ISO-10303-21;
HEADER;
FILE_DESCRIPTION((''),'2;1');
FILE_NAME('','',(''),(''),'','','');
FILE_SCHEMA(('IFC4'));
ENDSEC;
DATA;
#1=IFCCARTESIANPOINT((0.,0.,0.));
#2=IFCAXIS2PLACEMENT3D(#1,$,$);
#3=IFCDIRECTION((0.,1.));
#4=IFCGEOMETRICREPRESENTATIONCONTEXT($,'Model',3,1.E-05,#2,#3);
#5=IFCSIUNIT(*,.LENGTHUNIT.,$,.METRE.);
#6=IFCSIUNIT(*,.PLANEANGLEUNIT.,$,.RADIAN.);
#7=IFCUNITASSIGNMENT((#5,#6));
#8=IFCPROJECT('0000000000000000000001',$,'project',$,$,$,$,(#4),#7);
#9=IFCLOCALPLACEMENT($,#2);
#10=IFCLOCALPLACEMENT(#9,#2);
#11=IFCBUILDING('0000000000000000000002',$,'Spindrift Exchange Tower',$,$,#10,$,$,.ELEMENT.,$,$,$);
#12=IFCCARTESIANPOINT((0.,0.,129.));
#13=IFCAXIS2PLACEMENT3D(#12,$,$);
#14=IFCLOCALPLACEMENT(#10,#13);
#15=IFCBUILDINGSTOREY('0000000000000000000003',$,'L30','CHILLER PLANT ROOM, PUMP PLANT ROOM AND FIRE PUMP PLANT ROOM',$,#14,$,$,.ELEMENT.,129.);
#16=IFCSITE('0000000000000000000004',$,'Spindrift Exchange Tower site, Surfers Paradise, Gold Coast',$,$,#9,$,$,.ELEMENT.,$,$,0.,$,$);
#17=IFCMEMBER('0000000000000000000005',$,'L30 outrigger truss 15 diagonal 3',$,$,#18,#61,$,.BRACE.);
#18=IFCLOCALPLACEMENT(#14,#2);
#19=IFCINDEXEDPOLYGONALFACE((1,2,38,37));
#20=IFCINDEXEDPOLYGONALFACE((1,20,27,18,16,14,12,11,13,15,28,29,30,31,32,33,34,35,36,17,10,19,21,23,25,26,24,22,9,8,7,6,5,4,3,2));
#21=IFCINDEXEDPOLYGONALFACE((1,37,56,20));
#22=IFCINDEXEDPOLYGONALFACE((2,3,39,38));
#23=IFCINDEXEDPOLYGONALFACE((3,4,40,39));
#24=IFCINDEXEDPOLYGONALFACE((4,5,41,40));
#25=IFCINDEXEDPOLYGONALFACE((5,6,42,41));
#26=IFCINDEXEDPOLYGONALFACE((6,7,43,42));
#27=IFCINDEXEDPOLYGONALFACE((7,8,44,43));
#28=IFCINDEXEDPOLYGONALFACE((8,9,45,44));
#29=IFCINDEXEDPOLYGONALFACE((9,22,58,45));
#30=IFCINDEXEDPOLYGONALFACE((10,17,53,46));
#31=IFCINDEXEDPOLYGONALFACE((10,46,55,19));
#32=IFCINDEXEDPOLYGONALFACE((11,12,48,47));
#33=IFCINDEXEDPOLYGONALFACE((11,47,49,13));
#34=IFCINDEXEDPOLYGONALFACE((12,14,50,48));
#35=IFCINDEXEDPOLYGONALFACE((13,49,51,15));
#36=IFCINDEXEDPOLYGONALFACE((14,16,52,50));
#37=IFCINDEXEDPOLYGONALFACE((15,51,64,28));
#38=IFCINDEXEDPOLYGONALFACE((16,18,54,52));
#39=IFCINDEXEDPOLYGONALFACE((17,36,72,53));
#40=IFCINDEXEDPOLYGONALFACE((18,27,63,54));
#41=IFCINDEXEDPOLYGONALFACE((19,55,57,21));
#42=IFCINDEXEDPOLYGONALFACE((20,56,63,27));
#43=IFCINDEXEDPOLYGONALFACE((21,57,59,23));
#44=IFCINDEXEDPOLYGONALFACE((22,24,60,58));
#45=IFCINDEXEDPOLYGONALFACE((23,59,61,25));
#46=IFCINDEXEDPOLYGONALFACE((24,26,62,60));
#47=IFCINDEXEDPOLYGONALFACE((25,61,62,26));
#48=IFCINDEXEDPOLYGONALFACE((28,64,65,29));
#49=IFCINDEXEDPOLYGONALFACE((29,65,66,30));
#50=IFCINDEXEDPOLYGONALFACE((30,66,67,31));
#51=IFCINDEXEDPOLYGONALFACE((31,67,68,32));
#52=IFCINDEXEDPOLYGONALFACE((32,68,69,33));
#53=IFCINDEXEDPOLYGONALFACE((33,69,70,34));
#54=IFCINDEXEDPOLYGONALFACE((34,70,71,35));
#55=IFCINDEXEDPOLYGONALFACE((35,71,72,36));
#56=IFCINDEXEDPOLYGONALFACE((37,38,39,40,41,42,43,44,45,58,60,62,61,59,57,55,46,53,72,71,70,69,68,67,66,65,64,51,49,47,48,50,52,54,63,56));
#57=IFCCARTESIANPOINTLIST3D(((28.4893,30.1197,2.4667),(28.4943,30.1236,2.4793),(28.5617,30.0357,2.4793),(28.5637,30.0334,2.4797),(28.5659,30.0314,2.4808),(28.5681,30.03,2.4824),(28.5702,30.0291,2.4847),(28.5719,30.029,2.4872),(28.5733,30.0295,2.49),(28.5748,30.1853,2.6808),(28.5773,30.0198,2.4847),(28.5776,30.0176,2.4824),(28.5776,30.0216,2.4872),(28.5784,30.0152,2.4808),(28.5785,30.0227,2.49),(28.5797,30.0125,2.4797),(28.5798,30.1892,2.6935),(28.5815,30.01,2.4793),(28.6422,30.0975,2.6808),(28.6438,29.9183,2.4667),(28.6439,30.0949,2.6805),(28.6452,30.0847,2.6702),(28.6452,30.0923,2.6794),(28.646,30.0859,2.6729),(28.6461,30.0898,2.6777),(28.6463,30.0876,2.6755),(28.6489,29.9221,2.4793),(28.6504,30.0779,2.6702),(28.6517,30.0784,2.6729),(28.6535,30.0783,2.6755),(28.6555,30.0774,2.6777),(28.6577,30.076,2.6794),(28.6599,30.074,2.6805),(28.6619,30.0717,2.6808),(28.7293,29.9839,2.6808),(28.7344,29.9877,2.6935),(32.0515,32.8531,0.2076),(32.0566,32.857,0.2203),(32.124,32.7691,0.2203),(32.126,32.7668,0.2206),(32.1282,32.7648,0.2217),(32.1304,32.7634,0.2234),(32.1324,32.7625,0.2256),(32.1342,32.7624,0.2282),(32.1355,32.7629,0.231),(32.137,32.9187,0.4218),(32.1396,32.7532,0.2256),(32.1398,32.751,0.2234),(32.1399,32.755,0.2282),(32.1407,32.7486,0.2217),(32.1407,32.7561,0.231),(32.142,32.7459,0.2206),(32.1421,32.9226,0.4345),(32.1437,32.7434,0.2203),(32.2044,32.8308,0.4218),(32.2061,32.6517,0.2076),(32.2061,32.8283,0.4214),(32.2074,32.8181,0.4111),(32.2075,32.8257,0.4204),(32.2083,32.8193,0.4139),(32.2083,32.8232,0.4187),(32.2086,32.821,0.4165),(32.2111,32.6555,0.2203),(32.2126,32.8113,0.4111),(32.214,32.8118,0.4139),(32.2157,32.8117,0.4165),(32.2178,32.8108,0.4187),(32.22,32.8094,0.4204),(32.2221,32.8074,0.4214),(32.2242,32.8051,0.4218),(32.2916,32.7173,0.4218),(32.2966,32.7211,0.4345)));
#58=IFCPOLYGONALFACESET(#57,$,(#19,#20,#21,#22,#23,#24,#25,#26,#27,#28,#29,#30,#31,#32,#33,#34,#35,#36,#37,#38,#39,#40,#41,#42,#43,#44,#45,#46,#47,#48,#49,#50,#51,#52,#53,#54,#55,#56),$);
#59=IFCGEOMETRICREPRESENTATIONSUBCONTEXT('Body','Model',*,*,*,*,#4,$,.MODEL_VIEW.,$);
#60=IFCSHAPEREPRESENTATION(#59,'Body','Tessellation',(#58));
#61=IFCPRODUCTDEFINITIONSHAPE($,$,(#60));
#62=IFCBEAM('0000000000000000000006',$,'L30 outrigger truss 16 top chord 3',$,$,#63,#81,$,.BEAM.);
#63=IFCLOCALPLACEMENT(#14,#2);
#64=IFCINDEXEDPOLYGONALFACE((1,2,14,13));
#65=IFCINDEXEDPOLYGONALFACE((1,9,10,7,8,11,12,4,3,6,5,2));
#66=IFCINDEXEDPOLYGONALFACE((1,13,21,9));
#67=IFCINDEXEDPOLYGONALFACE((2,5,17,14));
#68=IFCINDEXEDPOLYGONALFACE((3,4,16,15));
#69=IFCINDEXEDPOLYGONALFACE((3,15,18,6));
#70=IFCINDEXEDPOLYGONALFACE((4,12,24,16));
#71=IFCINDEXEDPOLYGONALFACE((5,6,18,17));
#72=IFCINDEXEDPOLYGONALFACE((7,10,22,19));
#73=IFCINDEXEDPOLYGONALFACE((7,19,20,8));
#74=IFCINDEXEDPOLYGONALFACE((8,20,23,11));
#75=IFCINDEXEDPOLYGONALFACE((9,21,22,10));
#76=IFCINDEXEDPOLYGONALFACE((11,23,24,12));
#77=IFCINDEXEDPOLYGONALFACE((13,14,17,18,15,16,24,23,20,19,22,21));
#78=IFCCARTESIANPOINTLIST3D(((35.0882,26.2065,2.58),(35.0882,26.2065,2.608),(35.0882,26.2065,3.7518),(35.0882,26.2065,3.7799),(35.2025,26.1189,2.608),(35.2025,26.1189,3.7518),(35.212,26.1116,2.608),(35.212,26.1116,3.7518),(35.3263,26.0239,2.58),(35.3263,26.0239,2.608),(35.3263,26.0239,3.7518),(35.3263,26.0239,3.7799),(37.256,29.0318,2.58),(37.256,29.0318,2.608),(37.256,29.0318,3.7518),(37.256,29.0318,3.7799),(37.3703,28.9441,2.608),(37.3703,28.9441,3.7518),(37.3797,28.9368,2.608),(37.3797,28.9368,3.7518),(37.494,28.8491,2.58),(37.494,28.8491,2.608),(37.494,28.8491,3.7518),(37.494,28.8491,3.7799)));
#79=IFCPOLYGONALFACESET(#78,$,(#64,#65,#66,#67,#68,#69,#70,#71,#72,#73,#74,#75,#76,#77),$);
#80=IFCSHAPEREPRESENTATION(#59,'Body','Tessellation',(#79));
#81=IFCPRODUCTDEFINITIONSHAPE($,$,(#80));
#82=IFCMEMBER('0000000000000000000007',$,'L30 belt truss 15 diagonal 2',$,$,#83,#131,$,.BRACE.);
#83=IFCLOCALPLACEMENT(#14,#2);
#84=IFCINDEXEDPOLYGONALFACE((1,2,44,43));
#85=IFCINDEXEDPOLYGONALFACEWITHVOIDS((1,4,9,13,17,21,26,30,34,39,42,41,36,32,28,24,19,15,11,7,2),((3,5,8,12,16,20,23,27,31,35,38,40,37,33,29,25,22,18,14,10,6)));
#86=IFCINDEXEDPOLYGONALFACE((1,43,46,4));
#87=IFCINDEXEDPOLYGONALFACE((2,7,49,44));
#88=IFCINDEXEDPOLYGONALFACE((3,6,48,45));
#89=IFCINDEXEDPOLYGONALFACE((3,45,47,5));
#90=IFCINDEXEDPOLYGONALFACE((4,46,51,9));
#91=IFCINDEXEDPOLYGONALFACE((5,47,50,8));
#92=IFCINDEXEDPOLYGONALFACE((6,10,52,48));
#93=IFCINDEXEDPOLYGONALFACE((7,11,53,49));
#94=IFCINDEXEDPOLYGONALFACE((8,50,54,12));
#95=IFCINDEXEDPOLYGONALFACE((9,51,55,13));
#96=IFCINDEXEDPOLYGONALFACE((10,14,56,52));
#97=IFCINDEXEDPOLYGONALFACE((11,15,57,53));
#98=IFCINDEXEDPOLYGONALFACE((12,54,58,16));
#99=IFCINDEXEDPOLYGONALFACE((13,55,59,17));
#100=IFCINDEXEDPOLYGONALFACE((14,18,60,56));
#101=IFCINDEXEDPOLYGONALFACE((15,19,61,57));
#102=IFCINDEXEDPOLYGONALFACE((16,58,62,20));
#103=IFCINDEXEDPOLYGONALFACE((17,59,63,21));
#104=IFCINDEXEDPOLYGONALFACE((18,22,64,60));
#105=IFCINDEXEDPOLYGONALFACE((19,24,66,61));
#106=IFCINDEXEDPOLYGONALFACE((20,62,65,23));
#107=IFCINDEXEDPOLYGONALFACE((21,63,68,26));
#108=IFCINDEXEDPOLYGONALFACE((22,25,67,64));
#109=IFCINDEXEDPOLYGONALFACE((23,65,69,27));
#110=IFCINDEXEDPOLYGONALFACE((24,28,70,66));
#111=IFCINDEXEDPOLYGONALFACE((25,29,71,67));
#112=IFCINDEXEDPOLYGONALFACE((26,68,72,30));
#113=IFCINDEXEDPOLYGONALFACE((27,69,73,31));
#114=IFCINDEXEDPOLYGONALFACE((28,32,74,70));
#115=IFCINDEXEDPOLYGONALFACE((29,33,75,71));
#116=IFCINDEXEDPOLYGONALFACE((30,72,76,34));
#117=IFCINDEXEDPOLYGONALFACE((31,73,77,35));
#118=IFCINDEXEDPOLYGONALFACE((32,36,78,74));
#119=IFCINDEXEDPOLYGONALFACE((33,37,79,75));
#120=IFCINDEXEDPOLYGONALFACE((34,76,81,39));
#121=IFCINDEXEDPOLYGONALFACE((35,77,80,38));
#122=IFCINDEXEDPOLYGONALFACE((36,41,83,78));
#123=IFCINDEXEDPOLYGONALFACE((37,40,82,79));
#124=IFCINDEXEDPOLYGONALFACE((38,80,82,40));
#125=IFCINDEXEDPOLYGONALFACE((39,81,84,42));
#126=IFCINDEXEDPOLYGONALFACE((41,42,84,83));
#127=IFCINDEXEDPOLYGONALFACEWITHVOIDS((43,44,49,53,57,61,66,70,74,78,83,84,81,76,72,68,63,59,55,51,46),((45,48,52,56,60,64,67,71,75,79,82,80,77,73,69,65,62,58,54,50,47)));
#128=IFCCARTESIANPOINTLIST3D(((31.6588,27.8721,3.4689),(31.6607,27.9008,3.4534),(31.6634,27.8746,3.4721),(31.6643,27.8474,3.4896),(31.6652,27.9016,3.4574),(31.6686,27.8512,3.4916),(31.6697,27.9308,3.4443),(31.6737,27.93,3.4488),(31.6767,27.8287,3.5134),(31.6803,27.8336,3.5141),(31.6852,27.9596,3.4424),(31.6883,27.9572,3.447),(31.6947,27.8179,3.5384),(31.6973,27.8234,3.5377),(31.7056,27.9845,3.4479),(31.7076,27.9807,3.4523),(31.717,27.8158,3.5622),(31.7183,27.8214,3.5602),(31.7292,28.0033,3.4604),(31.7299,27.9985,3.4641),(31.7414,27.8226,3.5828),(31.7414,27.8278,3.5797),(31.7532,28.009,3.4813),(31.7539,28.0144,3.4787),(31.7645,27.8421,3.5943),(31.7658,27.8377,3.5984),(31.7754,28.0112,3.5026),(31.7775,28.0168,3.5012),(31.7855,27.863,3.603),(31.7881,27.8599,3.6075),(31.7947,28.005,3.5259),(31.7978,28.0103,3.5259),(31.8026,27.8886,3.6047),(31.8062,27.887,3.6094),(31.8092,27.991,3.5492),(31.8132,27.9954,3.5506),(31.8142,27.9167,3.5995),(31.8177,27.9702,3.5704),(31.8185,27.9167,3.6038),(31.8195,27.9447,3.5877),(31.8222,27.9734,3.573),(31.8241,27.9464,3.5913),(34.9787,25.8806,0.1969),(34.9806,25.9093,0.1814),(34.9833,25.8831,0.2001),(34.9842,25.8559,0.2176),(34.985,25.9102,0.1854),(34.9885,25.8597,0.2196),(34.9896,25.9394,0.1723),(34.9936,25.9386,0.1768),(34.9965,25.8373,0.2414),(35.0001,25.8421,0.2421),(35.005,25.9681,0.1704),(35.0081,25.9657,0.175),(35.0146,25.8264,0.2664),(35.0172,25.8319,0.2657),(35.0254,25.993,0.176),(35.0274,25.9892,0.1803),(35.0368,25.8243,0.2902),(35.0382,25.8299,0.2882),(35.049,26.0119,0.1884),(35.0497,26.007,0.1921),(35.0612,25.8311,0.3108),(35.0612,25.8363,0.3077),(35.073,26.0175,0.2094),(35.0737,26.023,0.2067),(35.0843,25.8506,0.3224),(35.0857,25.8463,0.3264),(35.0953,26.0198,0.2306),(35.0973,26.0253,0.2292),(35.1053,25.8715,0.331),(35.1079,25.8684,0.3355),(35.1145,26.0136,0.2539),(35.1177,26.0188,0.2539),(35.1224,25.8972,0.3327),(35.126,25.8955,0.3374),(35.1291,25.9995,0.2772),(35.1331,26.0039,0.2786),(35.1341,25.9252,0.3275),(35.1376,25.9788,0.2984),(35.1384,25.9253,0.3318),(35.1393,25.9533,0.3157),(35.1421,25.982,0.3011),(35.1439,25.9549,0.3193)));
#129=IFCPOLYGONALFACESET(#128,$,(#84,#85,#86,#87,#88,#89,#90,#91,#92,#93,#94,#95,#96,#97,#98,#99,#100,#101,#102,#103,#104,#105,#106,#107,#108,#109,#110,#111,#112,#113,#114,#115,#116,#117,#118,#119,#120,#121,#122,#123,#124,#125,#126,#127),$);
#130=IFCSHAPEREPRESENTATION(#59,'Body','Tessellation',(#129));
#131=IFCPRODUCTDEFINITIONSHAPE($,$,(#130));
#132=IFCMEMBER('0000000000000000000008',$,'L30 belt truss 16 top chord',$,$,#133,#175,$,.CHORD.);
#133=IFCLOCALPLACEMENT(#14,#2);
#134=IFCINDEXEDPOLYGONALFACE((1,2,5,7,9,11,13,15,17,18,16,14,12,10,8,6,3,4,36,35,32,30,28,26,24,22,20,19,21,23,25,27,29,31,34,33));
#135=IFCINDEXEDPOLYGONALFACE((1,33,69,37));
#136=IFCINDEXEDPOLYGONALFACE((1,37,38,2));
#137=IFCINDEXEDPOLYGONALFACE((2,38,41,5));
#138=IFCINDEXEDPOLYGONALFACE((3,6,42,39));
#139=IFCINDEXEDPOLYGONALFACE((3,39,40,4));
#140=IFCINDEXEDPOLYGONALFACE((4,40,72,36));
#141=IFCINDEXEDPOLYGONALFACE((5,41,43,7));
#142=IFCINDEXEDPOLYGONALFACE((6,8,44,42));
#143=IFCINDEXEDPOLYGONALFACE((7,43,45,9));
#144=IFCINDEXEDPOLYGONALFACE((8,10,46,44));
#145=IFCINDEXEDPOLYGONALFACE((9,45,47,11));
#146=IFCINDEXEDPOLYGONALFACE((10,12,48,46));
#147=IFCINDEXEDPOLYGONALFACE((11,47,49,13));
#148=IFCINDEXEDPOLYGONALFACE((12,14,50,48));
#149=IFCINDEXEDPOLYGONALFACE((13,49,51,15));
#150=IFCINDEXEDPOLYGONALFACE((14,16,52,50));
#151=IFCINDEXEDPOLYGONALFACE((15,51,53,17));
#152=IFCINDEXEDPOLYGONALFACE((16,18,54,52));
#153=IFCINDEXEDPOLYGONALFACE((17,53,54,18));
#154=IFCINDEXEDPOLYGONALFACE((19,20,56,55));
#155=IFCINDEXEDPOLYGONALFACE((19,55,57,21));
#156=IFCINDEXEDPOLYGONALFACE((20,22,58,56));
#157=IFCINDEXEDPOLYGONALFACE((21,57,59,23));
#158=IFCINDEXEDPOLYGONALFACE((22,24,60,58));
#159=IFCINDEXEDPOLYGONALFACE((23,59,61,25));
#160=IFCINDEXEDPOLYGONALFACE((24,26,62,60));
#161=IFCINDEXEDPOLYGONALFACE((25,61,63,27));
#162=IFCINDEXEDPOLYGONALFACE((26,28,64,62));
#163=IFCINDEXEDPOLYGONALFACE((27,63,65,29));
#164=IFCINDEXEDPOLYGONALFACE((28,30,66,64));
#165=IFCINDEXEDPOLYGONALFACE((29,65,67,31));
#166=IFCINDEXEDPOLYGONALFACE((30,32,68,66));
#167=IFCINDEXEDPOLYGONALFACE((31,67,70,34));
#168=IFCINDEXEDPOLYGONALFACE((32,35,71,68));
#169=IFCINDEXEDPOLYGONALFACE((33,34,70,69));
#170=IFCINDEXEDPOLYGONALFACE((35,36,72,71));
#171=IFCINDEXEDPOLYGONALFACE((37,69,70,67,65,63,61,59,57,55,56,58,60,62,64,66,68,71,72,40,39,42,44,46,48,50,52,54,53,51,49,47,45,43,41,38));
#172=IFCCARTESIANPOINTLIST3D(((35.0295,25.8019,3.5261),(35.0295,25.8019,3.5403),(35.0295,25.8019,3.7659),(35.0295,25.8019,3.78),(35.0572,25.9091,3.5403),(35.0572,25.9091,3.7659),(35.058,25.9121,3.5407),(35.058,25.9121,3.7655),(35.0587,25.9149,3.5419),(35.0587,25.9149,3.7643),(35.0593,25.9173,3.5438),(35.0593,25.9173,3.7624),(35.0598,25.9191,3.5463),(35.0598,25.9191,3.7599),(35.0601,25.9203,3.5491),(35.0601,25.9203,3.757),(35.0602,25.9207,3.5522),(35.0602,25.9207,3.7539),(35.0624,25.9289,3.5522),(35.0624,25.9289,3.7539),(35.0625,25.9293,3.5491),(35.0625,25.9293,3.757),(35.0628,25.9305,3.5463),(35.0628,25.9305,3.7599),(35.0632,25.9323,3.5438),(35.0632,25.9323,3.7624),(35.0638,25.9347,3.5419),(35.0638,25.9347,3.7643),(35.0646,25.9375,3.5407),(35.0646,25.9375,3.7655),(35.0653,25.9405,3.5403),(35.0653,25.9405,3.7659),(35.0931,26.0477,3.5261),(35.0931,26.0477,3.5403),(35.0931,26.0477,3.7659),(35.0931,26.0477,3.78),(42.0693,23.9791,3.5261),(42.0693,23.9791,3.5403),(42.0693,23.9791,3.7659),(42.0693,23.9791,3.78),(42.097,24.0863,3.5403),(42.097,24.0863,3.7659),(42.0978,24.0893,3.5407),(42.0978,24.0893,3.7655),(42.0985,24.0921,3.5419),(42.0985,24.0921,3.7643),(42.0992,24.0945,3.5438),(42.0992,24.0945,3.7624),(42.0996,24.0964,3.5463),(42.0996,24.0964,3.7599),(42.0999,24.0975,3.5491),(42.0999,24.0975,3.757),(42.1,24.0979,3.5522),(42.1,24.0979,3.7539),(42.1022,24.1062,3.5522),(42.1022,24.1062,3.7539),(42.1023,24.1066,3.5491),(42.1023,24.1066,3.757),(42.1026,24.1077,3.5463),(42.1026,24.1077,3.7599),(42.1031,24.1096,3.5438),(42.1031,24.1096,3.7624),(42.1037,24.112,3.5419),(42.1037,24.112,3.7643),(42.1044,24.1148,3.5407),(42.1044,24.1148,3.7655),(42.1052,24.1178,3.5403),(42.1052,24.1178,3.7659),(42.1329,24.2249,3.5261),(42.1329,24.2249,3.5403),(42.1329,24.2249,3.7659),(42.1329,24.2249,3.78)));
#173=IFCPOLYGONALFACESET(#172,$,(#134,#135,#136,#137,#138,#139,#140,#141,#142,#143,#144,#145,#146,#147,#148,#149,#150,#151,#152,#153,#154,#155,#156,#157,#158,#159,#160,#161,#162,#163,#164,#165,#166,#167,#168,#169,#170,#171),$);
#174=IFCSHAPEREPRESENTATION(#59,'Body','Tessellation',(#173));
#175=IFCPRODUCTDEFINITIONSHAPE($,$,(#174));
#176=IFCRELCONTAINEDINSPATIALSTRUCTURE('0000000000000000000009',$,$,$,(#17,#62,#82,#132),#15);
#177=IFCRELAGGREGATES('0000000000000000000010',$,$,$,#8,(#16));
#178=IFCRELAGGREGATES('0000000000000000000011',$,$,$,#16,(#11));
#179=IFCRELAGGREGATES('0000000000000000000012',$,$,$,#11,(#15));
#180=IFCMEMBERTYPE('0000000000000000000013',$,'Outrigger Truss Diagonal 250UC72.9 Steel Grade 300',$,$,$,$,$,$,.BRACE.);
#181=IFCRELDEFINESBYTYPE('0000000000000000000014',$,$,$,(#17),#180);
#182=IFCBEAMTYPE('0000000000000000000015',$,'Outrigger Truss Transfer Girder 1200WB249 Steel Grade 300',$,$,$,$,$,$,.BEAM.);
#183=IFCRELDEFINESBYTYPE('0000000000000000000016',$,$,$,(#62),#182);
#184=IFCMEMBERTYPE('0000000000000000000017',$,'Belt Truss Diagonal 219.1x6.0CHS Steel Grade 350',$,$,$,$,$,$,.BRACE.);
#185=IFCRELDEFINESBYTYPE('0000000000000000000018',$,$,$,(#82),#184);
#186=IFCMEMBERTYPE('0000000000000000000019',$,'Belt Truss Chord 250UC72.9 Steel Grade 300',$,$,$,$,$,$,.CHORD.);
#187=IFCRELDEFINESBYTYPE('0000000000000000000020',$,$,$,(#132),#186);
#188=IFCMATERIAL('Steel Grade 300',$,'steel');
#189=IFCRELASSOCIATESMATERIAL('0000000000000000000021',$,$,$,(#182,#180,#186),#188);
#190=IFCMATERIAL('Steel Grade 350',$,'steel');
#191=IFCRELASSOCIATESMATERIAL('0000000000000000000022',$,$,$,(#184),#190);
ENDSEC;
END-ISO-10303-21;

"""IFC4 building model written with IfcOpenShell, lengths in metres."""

from ifc_helpers import new_model, si_unit, direction, frame, origin, origin_2d, place, context, subcontext, project, spatial, hollow_circle, i_section, extrude, source, transform, mapped, material, material_profile, profile_set, type_object, element, save


model = new_model("IFC4")

# Units and contexts
model_context = context("Model", 3, precision=1e-05, world=origin(), true_north=direction((0.0, 1.0)))
body_context = subcontext(model_context, "Body", "Model", "MODEL_VIEW")
ifc_project = project(units=[si_unit("LENGTHUNIT", "METRE"), si_unit("PLANEANGLEUNIT", "RADIAN")], contexts=[model_context])

# Site, building, storey
site_placement = place(None, origin())
site = spatial("IfcSite", under=ifc_project, at=site_placement, Name="Spindrift Exchange Tower site, Surfers Paradise, Gold Coast", CompositionType="ELEMENT", RefElevation=0.0)
building_placement = place(site_placement, origin())
building = spatial("IfcBuilding", under=site, at=building_placement, Name="Spindrift Exchange Tower", CompositionType="ELEMENT")
storey_placement = place(building_placement, frame((0.0, 0.0, 129.0)))
storey = spatial("IfcBuildingStorey", under=building, at=storey_placement, Name="L30", Description="CHILLER PLANT ROOM, PUMP PLANT ROOM AND FIRE PUMP PLANT ROOM", CompositionType="ELEMENT", Elevation=129.0)

# Shared definitions
ifc_material_1 = material(Name="Steel Grade 300", Category="steel")

# Shared definitions
ifc_material_profile_1 = material_profile(ifc_material_1, i_section(OverallWidth=0.3, OverallDepth=1.2, WebThickness=0.012, FlangeThickness=0.0281, at=origin_2d()), Name="1200WB249")
ifc_profile_set_1 = profile_set([ifc_material_profile_1], Name="Steel Grade 300")
beam_type_1 = type_object("IfcBeamType", Name="Outrigger Truss Transfer Girder 1200WB249 Steel Grade 300", PredefinedType="BEAM", material=ifc_profile_set_1)

# Member
ifc_material_profile_2 = material_profile(ifc_material_1, i_section(OverallWidth=0.2539, OverallDepth=0.2539, WebThickness=0.0085, FlangeThickness=0.0142, FilletRadius=0.012, at=origin_2d()), Name="250UC72.9")
ifc_profile_set_2 = profile_set([ifc_material_profile_2], Name="Steel Grade 300")
member_type_1 = type_object("IfcMemberType", Name="Outrigger Truss Diagonal 250UC72.9 Steel Grade 300", PredefinedType="BRACE", material=ifc_profile_set_2)
shared_shape_1 = source(origin(), body_context, "Body", "SweptSolid", [
    extrude(i_section(OverallWidth=0.2539, OverallDepth=0.2539, WebThickness=0.0085, FlangeThickness=0.0142, FilletRadius=0.012, at=origin_2d()), origin(), (0.0, 0.0, 1.0), 5.0264),
])
member_1_placement = place(storey_placement, frame((32.1741, 32.7871, 0.321), z_axis=(-0.708714, -0.543812, 0.449437), x_axis=(0.608759, -0.793355, 0.0)))
element("IfcMember", 1, at=member_1_placement, inside=storey, type_object=member_type_1, Name="L30 outrigger truss 15 diagonal 3", PredefinedType="BRACE", context=body_context, shape_type="MappedRepresentation", body=[
    mapped(shared_shape_1, transform((0.0, 0.0, 0.0), scale=1.0)),
])

# Beam
shared_shape_2 = source(origin(), body_context, "Body", "SweptSolid", [
    extrude(i_section(OverallWidth=0.3, OverallDepth=1.2, WebThickness=0.012, FlangeThickness=0.0281, at=origin_2d()), origin(), (0.0, 0.0, 1.0), 3.561),
])
beam_1_placement = place(storey_placement, frame((37.375, 28.9404, 3.1799), z_axis=(-0.60874, -0.79337, 0.0), x_axis=(0.79337, -0.60874, 0.0)))
element("IfcBeam", 2, at=beam_1_placement, inside=storey, type_object=beam_type_1, Name="L30 outrigger truss 16 top chord 3", PredefinedType="BEAM", context=body_context, shape_type="MappedRepresentation", body=[
    mapped(shared_shape_2, transform((0.0, 0.0, 0.0), scale=1.0)),
])

# Members
ifc_material_2 = material(Name="Steel Grade 350", Category="steel")
ifc_material_profile_3 = material_profile(ifc_material_2, hollow_circle(Radius=0.1096, WallThickness=0.0061, at=origin_2d()), Name="219.1x6.0CHS")
ifc_profile_set_3 = profile_set([ifc_material_profile_3], Name="Steel Grade 350")
member_type_2 = type_object("IfcMemberType", Name="Belt Truss Diagonal 219.1x6.0CHS Steel Grade 350", PredefinedType="BRACE", material=ifc_profile_set_3)
shared_shape_3 = source(origin(), body_context, "Body", "SweptSolid", [
    extrude(hollow_circle(Radius=0.1096, WallThickness=0.0061, at=origin_2d()), origin(), (0.0, 0.0, 1.0), 5.0688),
])
member_2_placement = place(storey_placement, frame((31.7415, 27.9163, 3.5259), z_axis=(0.65495, -0.392883, -0.64551), x_axis=(0.514412, 0.857543, 0.0)))
element("IfcMember", 3, at=member_2_placement, inside=storey, type_object=member_type_2, Name="L30 belt truss 15 diagonal 2", PredefinedType="BRACE", context=body_context, shape_type="MappedRepresentation", body=[
    mapped(shared_shape_3, transform((0.0, 0.0, 0.0), scale=1.0)),
])
ifc_material_profile_4 = material_profile(ifc_material_1, i_section(OverallWidth=0.2539, OverallDepth=0.2539, WebThickness=0.0085, FlangeThickness=0.0142, FilletRadius=0.012, at=origin_2d()), Name="250UC72.9")
ifc_profile_set_4 = profile_set([ifc_material_profile_4], Name="Steel Grade 300")
member_type_3 = type_object("IfcMemberType", Name="Belt Truss Chord 250UC72.9 Steel Grade 300", PredefinedType="CHORD", material=ifc_profile_set_4)
shared_shape_4 = source(origin(), body_context, "Body", "SweptSolid", [
    extrude(i_section(OverallWidth=0.2539, OverallDepth=0.2539, WebThickness=0.0085, FlangeThickness=0.0142, FilletRadius=0.012, at=origin_2d()), origin(), (0.0, 0.0, 1.0), 7.272),
])
for number, where, z_axis, x_axis, name in (
    (4, (35.0613, 25.9248, 3.6531), (0.968076, -0.250656, 0.0), (0.250656, 0.968076, 0.0), "L30 belt truss 16 top chord"),
):
    element("IfcMember", number, at=place(storey_placement, frame(where, z_axis=z_axis, x_axis=x_axis)), inside=storey, type_object=member_type_3, Name=name, PredefinedType="CHORD", context=body_context, shape_type="MappedRepresentation", body=[
        mapped(shared_shape_4, transform((0.0, 0.0, 0.0), scale=1.0)),
    ])

save(model, "model.ifc")
